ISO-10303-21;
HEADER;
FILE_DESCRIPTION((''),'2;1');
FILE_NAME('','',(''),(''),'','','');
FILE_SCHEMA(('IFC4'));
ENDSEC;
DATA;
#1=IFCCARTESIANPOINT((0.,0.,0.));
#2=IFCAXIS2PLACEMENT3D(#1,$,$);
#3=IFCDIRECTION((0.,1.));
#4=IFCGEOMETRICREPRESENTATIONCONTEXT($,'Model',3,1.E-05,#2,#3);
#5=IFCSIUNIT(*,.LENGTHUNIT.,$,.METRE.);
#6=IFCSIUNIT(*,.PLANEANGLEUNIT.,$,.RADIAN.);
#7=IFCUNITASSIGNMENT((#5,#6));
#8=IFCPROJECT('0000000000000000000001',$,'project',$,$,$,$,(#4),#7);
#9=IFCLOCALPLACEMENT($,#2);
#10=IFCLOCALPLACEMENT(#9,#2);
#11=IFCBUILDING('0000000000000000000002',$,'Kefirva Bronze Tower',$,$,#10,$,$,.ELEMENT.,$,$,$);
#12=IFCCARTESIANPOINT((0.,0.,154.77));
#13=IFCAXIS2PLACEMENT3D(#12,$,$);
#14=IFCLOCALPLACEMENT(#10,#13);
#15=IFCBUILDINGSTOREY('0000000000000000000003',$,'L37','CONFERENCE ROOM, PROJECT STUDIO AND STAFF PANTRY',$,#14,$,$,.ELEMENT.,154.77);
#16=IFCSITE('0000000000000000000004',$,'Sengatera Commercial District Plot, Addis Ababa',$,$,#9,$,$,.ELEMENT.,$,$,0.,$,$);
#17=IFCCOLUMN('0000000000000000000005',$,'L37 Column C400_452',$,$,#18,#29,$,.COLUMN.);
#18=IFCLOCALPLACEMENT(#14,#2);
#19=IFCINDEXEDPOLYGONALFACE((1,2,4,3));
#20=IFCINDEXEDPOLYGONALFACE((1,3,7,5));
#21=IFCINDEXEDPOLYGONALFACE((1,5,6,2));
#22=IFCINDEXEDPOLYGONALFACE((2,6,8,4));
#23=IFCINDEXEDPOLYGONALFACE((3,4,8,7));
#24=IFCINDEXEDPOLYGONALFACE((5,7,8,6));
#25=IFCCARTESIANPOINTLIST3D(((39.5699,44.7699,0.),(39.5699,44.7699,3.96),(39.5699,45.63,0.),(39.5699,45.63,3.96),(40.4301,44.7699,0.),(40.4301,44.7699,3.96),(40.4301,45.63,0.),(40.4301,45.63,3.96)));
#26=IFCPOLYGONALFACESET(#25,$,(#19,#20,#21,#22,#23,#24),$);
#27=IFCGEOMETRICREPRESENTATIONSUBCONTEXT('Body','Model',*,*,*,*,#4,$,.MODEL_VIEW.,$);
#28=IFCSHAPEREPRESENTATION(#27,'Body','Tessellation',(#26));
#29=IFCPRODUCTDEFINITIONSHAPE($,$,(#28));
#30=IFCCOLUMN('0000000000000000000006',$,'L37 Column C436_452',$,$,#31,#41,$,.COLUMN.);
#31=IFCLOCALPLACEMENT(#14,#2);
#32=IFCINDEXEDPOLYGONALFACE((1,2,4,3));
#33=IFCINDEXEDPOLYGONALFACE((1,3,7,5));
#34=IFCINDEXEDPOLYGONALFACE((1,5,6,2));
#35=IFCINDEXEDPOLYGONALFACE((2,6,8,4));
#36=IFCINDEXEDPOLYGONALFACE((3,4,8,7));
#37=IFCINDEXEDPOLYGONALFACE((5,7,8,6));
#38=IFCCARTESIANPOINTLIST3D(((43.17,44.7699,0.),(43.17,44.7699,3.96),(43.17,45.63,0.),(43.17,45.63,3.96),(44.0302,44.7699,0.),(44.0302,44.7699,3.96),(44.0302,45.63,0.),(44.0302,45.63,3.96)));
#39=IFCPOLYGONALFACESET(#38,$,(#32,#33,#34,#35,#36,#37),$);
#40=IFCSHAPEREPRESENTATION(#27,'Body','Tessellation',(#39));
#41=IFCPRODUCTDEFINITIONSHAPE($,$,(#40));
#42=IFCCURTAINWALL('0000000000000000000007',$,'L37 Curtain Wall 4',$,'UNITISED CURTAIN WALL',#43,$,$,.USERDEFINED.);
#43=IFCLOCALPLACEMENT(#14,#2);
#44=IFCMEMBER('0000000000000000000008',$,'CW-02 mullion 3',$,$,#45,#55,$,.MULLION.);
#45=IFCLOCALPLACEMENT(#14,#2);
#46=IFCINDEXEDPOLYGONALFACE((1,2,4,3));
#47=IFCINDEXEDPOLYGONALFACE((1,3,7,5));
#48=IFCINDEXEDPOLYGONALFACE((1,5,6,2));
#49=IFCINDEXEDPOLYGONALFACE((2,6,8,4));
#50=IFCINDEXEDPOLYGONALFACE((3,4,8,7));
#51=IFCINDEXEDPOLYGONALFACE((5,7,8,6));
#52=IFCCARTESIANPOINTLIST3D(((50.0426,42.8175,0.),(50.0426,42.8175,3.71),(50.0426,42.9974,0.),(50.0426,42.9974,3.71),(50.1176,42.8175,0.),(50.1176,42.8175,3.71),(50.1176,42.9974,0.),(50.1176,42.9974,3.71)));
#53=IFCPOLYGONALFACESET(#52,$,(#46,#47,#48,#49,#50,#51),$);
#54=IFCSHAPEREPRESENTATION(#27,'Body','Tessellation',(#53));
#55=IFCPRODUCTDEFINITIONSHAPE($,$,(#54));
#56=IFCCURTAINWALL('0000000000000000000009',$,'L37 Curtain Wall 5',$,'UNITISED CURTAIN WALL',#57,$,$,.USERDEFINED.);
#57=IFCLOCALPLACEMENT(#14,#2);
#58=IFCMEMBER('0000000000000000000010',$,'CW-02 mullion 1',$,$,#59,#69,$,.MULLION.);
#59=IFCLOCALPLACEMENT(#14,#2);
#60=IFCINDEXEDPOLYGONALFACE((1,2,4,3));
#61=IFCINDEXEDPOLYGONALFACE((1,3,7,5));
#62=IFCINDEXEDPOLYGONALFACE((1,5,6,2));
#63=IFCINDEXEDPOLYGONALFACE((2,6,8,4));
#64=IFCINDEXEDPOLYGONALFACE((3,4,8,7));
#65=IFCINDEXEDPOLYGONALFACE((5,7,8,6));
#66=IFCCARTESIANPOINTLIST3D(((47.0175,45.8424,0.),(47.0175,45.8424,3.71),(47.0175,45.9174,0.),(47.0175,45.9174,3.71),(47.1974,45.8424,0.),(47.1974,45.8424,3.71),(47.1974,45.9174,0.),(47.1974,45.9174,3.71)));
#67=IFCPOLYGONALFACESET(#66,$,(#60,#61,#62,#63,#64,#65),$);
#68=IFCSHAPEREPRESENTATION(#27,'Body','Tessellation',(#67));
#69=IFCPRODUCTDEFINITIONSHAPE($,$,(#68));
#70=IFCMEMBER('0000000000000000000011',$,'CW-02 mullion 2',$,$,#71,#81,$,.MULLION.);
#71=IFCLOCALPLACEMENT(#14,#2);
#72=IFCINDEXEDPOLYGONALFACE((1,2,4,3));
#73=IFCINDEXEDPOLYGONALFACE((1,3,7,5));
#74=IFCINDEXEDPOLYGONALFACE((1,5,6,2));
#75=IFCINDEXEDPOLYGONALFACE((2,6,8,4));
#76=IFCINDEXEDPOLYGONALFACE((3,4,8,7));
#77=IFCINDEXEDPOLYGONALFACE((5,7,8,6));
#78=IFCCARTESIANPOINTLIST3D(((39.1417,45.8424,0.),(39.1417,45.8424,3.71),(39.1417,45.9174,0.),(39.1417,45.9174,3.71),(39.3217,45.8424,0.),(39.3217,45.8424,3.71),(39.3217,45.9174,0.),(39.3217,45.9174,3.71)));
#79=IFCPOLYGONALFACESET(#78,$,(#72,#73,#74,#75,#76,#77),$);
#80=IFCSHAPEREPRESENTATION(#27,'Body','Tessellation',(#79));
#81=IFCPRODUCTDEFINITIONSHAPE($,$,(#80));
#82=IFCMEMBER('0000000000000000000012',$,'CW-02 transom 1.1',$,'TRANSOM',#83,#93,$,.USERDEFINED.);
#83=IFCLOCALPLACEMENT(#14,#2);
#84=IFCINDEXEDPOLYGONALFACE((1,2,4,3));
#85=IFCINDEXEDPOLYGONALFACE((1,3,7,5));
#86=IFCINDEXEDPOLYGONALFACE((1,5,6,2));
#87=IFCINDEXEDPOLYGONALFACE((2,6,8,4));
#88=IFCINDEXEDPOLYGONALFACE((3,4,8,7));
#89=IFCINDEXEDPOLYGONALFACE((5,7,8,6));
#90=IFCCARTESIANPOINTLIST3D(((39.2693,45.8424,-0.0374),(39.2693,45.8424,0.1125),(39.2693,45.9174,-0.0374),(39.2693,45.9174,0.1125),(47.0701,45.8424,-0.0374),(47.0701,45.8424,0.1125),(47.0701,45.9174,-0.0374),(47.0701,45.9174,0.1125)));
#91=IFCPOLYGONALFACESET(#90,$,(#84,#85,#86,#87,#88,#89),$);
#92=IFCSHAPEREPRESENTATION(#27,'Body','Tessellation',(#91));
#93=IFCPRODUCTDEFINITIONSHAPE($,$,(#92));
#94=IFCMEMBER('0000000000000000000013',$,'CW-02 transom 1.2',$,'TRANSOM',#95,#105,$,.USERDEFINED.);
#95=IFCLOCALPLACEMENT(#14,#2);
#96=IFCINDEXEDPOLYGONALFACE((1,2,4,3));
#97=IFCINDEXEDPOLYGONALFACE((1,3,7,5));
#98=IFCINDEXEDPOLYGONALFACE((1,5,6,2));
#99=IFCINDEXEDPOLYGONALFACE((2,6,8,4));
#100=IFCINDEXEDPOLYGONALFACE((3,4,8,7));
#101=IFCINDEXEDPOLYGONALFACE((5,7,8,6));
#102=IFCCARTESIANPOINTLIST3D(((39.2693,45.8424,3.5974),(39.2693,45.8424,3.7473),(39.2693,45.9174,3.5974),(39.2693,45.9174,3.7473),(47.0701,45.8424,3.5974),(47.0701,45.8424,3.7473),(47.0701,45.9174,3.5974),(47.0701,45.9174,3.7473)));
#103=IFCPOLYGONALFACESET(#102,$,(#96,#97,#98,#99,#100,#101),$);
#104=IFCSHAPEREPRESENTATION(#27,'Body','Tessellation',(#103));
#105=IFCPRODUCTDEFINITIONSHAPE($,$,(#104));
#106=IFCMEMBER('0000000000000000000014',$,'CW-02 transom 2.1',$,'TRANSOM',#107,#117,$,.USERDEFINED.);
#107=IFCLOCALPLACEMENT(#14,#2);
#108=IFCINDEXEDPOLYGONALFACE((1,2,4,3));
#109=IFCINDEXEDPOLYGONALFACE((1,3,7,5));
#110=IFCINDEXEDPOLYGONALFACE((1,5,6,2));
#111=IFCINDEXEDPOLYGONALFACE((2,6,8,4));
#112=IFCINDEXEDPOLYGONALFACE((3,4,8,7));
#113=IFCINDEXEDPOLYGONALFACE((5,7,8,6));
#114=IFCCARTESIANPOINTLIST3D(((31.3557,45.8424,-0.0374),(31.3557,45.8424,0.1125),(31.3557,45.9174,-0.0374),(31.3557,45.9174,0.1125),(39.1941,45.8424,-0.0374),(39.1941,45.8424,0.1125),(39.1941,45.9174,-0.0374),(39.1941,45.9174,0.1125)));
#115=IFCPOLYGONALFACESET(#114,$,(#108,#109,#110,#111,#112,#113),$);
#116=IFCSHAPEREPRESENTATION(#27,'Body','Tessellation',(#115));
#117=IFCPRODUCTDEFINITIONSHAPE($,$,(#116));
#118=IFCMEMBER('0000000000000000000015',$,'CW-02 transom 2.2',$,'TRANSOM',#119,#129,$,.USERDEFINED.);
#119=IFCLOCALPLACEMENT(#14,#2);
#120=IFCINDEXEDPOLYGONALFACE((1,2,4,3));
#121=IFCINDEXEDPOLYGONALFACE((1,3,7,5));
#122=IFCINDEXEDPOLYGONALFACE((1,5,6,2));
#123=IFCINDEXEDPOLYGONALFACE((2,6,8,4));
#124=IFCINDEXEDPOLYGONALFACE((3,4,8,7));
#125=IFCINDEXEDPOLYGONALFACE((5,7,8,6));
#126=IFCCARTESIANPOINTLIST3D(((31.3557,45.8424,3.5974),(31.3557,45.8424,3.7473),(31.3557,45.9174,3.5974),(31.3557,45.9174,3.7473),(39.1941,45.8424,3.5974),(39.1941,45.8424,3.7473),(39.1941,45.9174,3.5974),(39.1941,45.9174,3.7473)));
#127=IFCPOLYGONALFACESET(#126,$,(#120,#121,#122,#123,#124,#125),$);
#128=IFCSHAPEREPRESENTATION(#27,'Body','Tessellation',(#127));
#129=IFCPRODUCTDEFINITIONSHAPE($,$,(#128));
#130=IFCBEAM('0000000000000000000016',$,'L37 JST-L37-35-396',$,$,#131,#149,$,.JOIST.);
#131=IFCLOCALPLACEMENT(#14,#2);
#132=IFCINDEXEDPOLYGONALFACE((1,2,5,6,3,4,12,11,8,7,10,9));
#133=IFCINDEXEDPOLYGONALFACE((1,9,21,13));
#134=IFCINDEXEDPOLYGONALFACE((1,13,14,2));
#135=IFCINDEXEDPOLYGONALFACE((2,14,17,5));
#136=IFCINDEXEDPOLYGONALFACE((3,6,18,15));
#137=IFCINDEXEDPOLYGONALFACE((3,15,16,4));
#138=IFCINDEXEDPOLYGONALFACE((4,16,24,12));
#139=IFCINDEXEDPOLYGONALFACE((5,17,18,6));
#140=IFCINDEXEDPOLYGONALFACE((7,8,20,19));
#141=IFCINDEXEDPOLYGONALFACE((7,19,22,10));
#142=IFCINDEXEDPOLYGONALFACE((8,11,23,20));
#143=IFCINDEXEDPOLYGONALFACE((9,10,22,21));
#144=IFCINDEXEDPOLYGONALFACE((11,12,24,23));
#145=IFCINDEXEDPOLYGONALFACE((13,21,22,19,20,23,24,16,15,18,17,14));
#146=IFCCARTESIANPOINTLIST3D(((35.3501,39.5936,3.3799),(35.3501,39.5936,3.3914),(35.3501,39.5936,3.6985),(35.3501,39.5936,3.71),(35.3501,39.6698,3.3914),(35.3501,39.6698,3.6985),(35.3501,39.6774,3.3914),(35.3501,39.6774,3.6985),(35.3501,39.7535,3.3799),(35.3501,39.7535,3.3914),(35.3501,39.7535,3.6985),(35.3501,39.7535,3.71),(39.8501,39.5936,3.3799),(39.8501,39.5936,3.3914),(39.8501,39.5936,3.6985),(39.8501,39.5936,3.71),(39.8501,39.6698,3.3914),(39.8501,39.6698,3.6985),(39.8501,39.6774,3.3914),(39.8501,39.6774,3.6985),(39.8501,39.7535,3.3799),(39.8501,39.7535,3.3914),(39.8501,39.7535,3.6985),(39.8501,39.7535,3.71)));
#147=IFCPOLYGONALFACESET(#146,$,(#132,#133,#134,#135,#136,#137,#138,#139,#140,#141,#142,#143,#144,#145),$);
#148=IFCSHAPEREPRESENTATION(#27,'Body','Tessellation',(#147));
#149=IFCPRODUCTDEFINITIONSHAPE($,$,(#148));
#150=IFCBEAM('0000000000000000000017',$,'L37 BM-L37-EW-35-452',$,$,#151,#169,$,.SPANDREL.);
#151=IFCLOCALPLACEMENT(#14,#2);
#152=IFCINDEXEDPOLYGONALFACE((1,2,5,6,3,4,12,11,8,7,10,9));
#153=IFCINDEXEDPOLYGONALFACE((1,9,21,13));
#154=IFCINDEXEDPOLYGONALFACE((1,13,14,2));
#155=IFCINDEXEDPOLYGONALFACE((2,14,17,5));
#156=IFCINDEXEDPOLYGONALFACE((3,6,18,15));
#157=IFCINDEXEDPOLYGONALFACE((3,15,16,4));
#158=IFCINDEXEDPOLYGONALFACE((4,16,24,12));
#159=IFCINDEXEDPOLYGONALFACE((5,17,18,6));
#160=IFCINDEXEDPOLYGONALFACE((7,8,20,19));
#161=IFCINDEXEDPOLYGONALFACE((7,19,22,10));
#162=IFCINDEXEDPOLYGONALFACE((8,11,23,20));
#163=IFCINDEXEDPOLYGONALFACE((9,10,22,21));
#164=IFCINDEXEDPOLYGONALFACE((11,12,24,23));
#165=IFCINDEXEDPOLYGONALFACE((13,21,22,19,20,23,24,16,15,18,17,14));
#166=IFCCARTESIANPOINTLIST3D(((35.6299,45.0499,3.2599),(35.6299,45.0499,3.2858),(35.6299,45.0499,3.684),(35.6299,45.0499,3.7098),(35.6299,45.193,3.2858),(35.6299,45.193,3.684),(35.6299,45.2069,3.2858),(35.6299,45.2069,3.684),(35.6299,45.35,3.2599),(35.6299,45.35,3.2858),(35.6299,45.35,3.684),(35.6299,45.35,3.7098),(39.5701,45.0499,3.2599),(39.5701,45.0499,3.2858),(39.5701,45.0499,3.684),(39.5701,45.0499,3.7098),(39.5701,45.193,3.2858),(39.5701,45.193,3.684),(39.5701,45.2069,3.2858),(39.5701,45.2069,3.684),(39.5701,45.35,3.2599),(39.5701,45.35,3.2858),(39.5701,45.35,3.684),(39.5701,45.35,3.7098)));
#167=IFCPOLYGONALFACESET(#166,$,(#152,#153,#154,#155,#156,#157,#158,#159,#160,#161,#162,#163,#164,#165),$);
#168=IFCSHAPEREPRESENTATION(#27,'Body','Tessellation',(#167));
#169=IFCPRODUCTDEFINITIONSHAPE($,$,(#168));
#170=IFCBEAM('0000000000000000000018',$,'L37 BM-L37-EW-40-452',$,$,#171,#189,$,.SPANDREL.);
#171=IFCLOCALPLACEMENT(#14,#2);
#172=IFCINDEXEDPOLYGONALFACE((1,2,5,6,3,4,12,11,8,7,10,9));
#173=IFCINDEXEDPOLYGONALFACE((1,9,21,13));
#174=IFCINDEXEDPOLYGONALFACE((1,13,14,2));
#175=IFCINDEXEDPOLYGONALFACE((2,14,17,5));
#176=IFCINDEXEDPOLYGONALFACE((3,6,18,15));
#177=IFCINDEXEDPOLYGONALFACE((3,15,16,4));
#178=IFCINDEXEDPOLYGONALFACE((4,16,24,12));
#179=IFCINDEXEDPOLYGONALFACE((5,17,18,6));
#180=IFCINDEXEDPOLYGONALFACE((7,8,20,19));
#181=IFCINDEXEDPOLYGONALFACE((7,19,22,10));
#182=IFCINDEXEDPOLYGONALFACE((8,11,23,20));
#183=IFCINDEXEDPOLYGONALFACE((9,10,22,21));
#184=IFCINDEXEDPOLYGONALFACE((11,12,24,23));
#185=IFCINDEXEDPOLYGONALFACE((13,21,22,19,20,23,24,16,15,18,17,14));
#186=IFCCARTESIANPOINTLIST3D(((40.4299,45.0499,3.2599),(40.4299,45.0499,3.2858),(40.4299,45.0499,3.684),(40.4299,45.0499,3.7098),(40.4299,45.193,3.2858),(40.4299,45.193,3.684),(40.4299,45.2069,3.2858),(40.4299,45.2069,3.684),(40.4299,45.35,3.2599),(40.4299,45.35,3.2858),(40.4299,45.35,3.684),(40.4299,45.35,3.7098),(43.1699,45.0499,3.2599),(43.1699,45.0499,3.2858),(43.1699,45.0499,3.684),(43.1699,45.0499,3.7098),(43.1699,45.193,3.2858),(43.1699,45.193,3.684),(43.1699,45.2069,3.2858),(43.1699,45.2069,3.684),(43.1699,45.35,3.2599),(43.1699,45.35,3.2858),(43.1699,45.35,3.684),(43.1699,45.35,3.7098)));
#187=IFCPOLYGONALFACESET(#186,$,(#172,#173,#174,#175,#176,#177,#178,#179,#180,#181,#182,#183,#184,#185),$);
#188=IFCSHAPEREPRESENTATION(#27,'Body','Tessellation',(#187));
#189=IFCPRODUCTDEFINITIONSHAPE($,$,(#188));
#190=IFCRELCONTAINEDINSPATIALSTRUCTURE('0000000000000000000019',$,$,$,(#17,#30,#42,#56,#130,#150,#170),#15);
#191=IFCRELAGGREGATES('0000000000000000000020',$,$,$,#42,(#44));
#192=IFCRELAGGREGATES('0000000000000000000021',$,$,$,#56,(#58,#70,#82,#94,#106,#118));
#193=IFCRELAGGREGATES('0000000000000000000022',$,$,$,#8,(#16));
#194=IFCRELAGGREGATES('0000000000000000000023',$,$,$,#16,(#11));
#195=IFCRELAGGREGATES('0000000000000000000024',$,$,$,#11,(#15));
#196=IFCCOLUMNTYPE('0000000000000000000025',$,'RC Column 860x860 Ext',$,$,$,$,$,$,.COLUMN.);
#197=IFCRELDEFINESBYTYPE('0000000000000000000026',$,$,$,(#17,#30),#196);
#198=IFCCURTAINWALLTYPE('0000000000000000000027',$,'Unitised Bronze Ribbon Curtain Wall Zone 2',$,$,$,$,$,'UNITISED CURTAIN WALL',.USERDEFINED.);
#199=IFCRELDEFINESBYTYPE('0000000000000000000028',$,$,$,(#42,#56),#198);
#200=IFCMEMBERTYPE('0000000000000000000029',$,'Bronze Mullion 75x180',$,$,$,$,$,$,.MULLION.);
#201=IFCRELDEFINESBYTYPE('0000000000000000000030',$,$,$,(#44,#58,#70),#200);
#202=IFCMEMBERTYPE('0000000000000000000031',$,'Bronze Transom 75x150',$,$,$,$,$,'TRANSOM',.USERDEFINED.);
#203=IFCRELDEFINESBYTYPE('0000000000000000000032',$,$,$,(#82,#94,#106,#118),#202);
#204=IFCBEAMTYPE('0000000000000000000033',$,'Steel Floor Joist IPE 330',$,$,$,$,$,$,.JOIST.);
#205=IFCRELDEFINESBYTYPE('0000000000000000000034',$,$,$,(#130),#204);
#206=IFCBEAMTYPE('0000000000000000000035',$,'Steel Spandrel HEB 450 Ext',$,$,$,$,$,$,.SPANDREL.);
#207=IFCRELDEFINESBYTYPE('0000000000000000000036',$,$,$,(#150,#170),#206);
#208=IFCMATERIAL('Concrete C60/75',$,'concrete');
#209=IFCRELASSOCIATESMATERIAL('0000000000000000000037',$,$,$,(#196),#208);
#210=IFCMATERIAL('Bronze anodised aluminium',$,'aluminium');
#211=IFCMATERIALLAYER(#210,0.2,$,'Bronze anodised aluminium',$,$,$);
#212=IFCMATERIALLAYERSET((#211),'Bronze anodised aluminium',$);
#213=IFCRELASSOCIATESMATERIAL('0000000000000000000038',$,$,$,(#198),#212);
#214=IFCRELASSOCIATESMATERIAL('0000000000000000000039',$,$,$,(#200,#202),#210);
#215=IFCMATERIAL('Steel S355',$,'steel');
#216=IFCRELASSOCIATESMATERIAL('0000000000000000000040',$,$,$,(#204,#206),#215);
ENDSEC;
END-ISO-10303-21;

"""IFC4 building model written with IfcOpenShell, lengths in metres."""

from ifc_helpers import new_model, si_unit, direction, frame, origin, origin_2d, place, context, subcontext, project, spatial, rectangle, i_section, extrude, material, layer, layer_set, material_profile, profile_set, type_object, element, aggregate, save


model = new_model("IFC4")

# Units and contexts
model_context = context("Model", 3, precision=1e-05, world=origin(), true_north=direction((0.0, 1.0)))
body_context = subcontext(model_context, "Body", "Model", "MODEL_VIEW")
ifc_project = project(units=[si_unit("LENGTHUNIT", "METRE"), si_unit("PLANEANGLEUNIT", "RADIAN")], contexts=[model_context])

# Site, building, storey
site_placement = place(None, origin())
site = spatial("IfcSite", under=ifc_project, at=site_placement, Name="Sengatera Commercial District Plot, Addis Ababa", CompositionType="ELEMENT", RefElevation=0.0)
building_placement = place(site_placement, origin())
building = spatial("IfcBuilding", under=site, at=building_placement, Name="Kefirva Bronze Tower", CompositionType="ELEMENT")
storey_placement = place(building_placement, frame((0.0, 0.0, 154.77)))
storey = spatial("IfcBuildingStorey", under=building, at=storey_placement, Name="L37", Description="CONFERENCE ROOM, PROJECT STUDIO AND STAFF PANTRY", CompositionType="ELEMENT", Elevation=154.77)

# Columns
ifc_material_1 = material(Name="Concrete C60/75", Category="concrete")
ifc_material_profile_1 = material_profile(ifc_material_1, rectangle(XDim=0.8601, YDim=0.8601, at=origin_2d()), Name="RC 860x860")
ifc_profile_set_1 = profile_set([ifc_material_profile_1], Name="Concrete C60/75")
column_type = type_object("IfcColumnType", Name="RC Column 860x860 Ext", PredefinedType="COLUMN", material=ifc_profile_set_1)
for number, where, z_axis, x_axis, name in (
    (1, (40.0, 45.2, 0.0), (0.0, 0.0, 1.0), (1.0, 0.0, 0.0), "L37 Column C400_452"),
    (2, (43.6001, 45.2, 0.0), (0.0, 0.0, 1.0), (1.0, 0.0, 0.0), "L37 Column C436_452"),
):
    element("IfcColumn", number, at=place(storey_placement, frame(where, z_axis=z_axis, x_axis=x_axis)), inside=storey, type_object=column_type, Name=name, PredefinedType="COLUMN", context=body_context, shape_type="SweptSolid", body=[
        extrude(rectangle(XDim=0.8601, YDim=0.8601, at=origin_2d()), origin(), (0.0, 0.0, 1.0), 3.96),
    ])

# Curtain wall, member
ifc_material_2 = material(Name="Bronze anodised aluminium", Category="aluminium")
ifc_layer_1 = layer(ifc_material_2, 0.2, Name="Bronze anodised aluminium")
ifc_layer_set_1 = layer_set([ifc_layer_1], Name="Bronze anodised aluminium")
curtain_wall_type = type_object("IfcCurtainWallType", Name="Unitised Bronze Ribbon Curtain Wall Zone 2", ElementType="UNITISED CURTAIN WALL", PredefinedType="USERDEFINED", material=ifc_layer_set_1)
curtain_wall_1_placement = place(storey_placement, origin())
curtain_wall_1 = element("IfcCurtainWall", 3, at=curtain_wall_1_placement, inside=storey, type_object=curtain_wall_type, Name="L37 Curtain Wall 4", ObjectType="UNITISED CURTAIN WALL", PredefinedType="USERDEFINED")
ifc_material_profile_2 = material_profile(ifc_material_2, rectangle(XDim=0.075, YDim=0.1799, at=origin_2d()), Name="ALU 75x180")
ifc_profile_set_2 = profile_set([ifc_material_profile_2], Name="Bronze anodised aluminium")
member_type_1 = type_object("IfcMemberType", Name="Bronze Mullion 75x180", PredefinedType="MULLION", material=ifc_profile_set_2)
member_1_placement = place(storey_placement, frame((50.0801, 42.9075, 0.0), z_axis=(0.0, 0.0, 1.0), x_axis=(-1.0, 0.0, 0.0)))
member_1 = element("IfcMember", 4, at=member_1_placement, type_object=member_type_1, Name="CW-02 mullion 3", PredefinedType="MULLION", context=body_context, shape_type="SweptSolid", body=[
    extrude(rectangle(XDim=0.075, YDim=0.1799, at=origin_2d()), origin(), (0.0, 0.0, 1.0), 3.71),
])
aggregate(curtain_wall_1, [member_1])

# Curtain wall, members
curtain_wall_2_placement = place(storey_placement, origin())
curtain_wall_2 = element("IfcCurtainWall", 5, at=curtain_wall_2_placement, inside=storey, type_object=curtain_wall_type, Name="L37 Curtain Wall 5", ObjectType="UNITISED CURTAIN WALL", PredefinedType="USERDEFINED")
member_2_placement = place(storey_placement, frame((47.1074, 45.8799, 0.0), z_axis=(0.0, 0.0, 1.0), x_axis=(0.0, -1.0, 0.0)))
member_2 = element("IfcMember", 6, at=member_2_placement, type_object=member_type_1, Name="CW-02 mullion 1", PredefinedType="MULLION", context=body_context, shape_type="SweptSolid", body=[
    extrude(rectangle(XDim=0.075, YDim=0.1799, at=origin_2d()), origin(), (0.0, 0.0, 1.0), 3.71),
])
member_3_placement = place(storey_placement, frame((39.2317, 45.8799, 0.0), z_axis=(0.0, 0.0, 1.0), x_axis=(0.0, -1.0, 0.0)))
member_3 = element("IfcMember", 7, at=member_3_placement, type_object=member_type_1, Name="CW-02 mullion 2", PredefinedType="MULLION", context=body_context, shape_type="SweptSolid", body=[
    extrude(rectangle(XDim=0.075, YDim=0.1799, at=origin_2d()), origin(), (0.0, 0.0, 1.0), 3.71),
])
ifc_material_profile_3 = material_profile(ifc_material_2, rectangle(XDim=0.075, YDim=0.1499, at=origin_2d()), Name="ALU 75x150")
ifc_profile_set_3 = profile_set([ifc_material_profile_3], Name="Bronze anodised aluminium")
member_type_2 = type_object("IfcMemberType", Name="Bronze Transom 75x150", ElementType="TRANSOM", PredefinedType="USERDEFINED", material=ifc_profile_set_3)
member_4_placement = place(storey_placement, frame((47.0701, 45.8799, 0.0376), z_axis=(-1.0, 0.0, 0.0), x_axis=(0.0, -1.0, 0.0)))
member_4 = element("IfcMember", 8, at=member_4_placement, type_object=member_type_2, Name="CW-02 transom 1.1", ObjectType="TRANSOM", PredefinedType="USERDEFINED", context=body_context, shape_type="SweptSolid", body=[
    extrude(rectangle(XDim=0.075, YDim=0.1499, at=origin_2d()), origin(), (0.0, 0.0, 1.0), 7.8008),
])
member_5_placement = place(storey_placement, frame((47.0701, 45.8799, 3.6724), z_axis=(-1.0, 0.0, 0.0), x_axis=(0.0, -1.0, 0.0)))
member_5 = element("IfcMember", 9, at=member_5_placement, type_object=member_type_2, Name="CW-02 transom 1.2", ObjectType="TRANSOM", PredefinedType="USERDEFINED", context=body_context, shape_type="SweptSolid", body=[
    extrude(rectangle(XDim=0.075, YDim=0.1499, at=origin_2d()), origin(), (0.0, 0.0, 1.0), 7.8008),
])
member_6_placement = place(storey_placement, frame((39.1941, 45.8799, 0.0376), z_axis=(-1.0, 0.0, 0.0), x_axis=(0.0, -1.0, 0.0)))
member_6 = element("IfcMember", 10, at=member_6_placement, type_object=member_type_2, Name="CW-02 transom 2.1", ObjectType="TRANSOM", PredefinedType="USERDEFINED", context=body_context, shape_type="SweptSolid", body=[
    extrude(rectangle(XDim=0.075, YDim=0.1499, at=origin_2d()), origin(), (0.0, 0.0, 1.0), 7.8384),
])
member_7_placement = place(storey_placement, frame((39.1941, 45.8799, 3.6724), z_axis=(-1.0, 0.0, 0.0), x_axis=(0.0, -1.0, 0.0)))
member_7 = element("IfcMember", 11, at=member_7_placement, type_object=member_type_2, Name="CW-02 transom 2.2", ObjectType="TRANSOM", PredefinedType="USERDEFINED", context=body_context, shape_type="SweptSolid", body=[
    extrude(rectangle(XDim=0.075, YDim=0.1499, at=origin_2d()), origin(), (0.0, 0.0, 1.0), 7.8384),
])

# Beams
ifc_material_3 = material(Name="Steel S355", Category="steel")
ifc_material_profile_4 = material_profile(ifc_material_3, i_section(OverallWidth=0.1599, OverallDepth=0.3301, WebThickness=0.0076, FlangeThickness=0.0115, at=origin_2d()), Name="IPE 330")
ifc_profile_set_4 = profile_set([ifc_material_profile_4], Name="Steel S355")
beam_type_1 = type_object("IfcBeamType", Name="Steel Floor Joist IPE 330", PredefinedType="JOIST", material=ifc_profile_set_4)
beam_1_placement = place(storey_placement, frame((35.3501, 39.6736, 3.5449), z_axis=(1.0, 0.0, 0.0), x_axis=(0.0, 1.0, 0.0)))
element("IfcBeam", 12, at=beam_1_placement, inside=storey, type_object=beam_type_1, Name="L37 JST-L37-35-396", PredefinedType="JOIST", context=body_context, shape_type="SweptSolid", body=[
    extrude(i_section(OverallWidth=0.1599, OverallDepth=0.3301, WebThickness=0.0076, FlangeThickness=0.0115, at=origin_2d()), origin(), (0.0, 0.0, 1.0), 4.5),
])
ifc_material_profile_5 = material_profile(ifc_material_3, i_section(OverallWidth=0.3, OverallDepth=0.45, WebThickness=0.0139, FlangeThickness=0.0259, at=origin_2d()), Name="HEB 450")
ifc_profile_set_5 = profile_set([ifc_material_profile_5], Name="Steel S355")
beam_type_2 = type_object("IfcBeamType", Name="Steel Spandrel HEB 450 Ext", PredefinedType="SPANDREL", material=ifc_profile_set_5)
beam_2_placement = place(storey_placement, frame((35.6299, 45.2, 3.4849), z_axis=(1.0, 0.0, 0.0), x_axis=(0.0, 1.0, 0.0)))
element("IfcBeam", 13, at=beam_2_placement, inside=storey, type_object=beam_type_2, Name="L37 BM-L37-EW-35-452", PredefinedType="SPANDREL", context=body_context, shape_type="SweptSolid", body=[
    extrude(i_section(OverallWidth=0.3, OverallDepth=0.45, WebThickness=0.0139, FlangeThickness=0.0259, at=origin_2d()), origin(), (0.0, 0.0, 1.0), 3.9402),
])
beam_3_placement = place(storey_placement, frame((40.4299, 45.2, 3.4849), z_axis=(1.0, 0.0, 0.0), x_axis=(0.0, 1.0, 0.0)))
element("IfcBeam", 14, at=beam_3_placement, inside=storey, type_object=beam_type_2, Name="L37 BM-L37-EW-40-452", PredefinedType="SPANDREL", context=body_context, shape_type="SweptSolid", body=[
    extrude(i_section(OverallWidth=0.3, OverallDepth=0.45, WebThickness=0.0139, FlangeThickness=0.0259, at=origin_2d()), origin(), (0.0, 0.0, 1.0), 2.74),
])

aggregate(curtain_wall_2, [member_2, member_3, member_4, member_5, member_6, member_7])

save(model, "model.ifc")
